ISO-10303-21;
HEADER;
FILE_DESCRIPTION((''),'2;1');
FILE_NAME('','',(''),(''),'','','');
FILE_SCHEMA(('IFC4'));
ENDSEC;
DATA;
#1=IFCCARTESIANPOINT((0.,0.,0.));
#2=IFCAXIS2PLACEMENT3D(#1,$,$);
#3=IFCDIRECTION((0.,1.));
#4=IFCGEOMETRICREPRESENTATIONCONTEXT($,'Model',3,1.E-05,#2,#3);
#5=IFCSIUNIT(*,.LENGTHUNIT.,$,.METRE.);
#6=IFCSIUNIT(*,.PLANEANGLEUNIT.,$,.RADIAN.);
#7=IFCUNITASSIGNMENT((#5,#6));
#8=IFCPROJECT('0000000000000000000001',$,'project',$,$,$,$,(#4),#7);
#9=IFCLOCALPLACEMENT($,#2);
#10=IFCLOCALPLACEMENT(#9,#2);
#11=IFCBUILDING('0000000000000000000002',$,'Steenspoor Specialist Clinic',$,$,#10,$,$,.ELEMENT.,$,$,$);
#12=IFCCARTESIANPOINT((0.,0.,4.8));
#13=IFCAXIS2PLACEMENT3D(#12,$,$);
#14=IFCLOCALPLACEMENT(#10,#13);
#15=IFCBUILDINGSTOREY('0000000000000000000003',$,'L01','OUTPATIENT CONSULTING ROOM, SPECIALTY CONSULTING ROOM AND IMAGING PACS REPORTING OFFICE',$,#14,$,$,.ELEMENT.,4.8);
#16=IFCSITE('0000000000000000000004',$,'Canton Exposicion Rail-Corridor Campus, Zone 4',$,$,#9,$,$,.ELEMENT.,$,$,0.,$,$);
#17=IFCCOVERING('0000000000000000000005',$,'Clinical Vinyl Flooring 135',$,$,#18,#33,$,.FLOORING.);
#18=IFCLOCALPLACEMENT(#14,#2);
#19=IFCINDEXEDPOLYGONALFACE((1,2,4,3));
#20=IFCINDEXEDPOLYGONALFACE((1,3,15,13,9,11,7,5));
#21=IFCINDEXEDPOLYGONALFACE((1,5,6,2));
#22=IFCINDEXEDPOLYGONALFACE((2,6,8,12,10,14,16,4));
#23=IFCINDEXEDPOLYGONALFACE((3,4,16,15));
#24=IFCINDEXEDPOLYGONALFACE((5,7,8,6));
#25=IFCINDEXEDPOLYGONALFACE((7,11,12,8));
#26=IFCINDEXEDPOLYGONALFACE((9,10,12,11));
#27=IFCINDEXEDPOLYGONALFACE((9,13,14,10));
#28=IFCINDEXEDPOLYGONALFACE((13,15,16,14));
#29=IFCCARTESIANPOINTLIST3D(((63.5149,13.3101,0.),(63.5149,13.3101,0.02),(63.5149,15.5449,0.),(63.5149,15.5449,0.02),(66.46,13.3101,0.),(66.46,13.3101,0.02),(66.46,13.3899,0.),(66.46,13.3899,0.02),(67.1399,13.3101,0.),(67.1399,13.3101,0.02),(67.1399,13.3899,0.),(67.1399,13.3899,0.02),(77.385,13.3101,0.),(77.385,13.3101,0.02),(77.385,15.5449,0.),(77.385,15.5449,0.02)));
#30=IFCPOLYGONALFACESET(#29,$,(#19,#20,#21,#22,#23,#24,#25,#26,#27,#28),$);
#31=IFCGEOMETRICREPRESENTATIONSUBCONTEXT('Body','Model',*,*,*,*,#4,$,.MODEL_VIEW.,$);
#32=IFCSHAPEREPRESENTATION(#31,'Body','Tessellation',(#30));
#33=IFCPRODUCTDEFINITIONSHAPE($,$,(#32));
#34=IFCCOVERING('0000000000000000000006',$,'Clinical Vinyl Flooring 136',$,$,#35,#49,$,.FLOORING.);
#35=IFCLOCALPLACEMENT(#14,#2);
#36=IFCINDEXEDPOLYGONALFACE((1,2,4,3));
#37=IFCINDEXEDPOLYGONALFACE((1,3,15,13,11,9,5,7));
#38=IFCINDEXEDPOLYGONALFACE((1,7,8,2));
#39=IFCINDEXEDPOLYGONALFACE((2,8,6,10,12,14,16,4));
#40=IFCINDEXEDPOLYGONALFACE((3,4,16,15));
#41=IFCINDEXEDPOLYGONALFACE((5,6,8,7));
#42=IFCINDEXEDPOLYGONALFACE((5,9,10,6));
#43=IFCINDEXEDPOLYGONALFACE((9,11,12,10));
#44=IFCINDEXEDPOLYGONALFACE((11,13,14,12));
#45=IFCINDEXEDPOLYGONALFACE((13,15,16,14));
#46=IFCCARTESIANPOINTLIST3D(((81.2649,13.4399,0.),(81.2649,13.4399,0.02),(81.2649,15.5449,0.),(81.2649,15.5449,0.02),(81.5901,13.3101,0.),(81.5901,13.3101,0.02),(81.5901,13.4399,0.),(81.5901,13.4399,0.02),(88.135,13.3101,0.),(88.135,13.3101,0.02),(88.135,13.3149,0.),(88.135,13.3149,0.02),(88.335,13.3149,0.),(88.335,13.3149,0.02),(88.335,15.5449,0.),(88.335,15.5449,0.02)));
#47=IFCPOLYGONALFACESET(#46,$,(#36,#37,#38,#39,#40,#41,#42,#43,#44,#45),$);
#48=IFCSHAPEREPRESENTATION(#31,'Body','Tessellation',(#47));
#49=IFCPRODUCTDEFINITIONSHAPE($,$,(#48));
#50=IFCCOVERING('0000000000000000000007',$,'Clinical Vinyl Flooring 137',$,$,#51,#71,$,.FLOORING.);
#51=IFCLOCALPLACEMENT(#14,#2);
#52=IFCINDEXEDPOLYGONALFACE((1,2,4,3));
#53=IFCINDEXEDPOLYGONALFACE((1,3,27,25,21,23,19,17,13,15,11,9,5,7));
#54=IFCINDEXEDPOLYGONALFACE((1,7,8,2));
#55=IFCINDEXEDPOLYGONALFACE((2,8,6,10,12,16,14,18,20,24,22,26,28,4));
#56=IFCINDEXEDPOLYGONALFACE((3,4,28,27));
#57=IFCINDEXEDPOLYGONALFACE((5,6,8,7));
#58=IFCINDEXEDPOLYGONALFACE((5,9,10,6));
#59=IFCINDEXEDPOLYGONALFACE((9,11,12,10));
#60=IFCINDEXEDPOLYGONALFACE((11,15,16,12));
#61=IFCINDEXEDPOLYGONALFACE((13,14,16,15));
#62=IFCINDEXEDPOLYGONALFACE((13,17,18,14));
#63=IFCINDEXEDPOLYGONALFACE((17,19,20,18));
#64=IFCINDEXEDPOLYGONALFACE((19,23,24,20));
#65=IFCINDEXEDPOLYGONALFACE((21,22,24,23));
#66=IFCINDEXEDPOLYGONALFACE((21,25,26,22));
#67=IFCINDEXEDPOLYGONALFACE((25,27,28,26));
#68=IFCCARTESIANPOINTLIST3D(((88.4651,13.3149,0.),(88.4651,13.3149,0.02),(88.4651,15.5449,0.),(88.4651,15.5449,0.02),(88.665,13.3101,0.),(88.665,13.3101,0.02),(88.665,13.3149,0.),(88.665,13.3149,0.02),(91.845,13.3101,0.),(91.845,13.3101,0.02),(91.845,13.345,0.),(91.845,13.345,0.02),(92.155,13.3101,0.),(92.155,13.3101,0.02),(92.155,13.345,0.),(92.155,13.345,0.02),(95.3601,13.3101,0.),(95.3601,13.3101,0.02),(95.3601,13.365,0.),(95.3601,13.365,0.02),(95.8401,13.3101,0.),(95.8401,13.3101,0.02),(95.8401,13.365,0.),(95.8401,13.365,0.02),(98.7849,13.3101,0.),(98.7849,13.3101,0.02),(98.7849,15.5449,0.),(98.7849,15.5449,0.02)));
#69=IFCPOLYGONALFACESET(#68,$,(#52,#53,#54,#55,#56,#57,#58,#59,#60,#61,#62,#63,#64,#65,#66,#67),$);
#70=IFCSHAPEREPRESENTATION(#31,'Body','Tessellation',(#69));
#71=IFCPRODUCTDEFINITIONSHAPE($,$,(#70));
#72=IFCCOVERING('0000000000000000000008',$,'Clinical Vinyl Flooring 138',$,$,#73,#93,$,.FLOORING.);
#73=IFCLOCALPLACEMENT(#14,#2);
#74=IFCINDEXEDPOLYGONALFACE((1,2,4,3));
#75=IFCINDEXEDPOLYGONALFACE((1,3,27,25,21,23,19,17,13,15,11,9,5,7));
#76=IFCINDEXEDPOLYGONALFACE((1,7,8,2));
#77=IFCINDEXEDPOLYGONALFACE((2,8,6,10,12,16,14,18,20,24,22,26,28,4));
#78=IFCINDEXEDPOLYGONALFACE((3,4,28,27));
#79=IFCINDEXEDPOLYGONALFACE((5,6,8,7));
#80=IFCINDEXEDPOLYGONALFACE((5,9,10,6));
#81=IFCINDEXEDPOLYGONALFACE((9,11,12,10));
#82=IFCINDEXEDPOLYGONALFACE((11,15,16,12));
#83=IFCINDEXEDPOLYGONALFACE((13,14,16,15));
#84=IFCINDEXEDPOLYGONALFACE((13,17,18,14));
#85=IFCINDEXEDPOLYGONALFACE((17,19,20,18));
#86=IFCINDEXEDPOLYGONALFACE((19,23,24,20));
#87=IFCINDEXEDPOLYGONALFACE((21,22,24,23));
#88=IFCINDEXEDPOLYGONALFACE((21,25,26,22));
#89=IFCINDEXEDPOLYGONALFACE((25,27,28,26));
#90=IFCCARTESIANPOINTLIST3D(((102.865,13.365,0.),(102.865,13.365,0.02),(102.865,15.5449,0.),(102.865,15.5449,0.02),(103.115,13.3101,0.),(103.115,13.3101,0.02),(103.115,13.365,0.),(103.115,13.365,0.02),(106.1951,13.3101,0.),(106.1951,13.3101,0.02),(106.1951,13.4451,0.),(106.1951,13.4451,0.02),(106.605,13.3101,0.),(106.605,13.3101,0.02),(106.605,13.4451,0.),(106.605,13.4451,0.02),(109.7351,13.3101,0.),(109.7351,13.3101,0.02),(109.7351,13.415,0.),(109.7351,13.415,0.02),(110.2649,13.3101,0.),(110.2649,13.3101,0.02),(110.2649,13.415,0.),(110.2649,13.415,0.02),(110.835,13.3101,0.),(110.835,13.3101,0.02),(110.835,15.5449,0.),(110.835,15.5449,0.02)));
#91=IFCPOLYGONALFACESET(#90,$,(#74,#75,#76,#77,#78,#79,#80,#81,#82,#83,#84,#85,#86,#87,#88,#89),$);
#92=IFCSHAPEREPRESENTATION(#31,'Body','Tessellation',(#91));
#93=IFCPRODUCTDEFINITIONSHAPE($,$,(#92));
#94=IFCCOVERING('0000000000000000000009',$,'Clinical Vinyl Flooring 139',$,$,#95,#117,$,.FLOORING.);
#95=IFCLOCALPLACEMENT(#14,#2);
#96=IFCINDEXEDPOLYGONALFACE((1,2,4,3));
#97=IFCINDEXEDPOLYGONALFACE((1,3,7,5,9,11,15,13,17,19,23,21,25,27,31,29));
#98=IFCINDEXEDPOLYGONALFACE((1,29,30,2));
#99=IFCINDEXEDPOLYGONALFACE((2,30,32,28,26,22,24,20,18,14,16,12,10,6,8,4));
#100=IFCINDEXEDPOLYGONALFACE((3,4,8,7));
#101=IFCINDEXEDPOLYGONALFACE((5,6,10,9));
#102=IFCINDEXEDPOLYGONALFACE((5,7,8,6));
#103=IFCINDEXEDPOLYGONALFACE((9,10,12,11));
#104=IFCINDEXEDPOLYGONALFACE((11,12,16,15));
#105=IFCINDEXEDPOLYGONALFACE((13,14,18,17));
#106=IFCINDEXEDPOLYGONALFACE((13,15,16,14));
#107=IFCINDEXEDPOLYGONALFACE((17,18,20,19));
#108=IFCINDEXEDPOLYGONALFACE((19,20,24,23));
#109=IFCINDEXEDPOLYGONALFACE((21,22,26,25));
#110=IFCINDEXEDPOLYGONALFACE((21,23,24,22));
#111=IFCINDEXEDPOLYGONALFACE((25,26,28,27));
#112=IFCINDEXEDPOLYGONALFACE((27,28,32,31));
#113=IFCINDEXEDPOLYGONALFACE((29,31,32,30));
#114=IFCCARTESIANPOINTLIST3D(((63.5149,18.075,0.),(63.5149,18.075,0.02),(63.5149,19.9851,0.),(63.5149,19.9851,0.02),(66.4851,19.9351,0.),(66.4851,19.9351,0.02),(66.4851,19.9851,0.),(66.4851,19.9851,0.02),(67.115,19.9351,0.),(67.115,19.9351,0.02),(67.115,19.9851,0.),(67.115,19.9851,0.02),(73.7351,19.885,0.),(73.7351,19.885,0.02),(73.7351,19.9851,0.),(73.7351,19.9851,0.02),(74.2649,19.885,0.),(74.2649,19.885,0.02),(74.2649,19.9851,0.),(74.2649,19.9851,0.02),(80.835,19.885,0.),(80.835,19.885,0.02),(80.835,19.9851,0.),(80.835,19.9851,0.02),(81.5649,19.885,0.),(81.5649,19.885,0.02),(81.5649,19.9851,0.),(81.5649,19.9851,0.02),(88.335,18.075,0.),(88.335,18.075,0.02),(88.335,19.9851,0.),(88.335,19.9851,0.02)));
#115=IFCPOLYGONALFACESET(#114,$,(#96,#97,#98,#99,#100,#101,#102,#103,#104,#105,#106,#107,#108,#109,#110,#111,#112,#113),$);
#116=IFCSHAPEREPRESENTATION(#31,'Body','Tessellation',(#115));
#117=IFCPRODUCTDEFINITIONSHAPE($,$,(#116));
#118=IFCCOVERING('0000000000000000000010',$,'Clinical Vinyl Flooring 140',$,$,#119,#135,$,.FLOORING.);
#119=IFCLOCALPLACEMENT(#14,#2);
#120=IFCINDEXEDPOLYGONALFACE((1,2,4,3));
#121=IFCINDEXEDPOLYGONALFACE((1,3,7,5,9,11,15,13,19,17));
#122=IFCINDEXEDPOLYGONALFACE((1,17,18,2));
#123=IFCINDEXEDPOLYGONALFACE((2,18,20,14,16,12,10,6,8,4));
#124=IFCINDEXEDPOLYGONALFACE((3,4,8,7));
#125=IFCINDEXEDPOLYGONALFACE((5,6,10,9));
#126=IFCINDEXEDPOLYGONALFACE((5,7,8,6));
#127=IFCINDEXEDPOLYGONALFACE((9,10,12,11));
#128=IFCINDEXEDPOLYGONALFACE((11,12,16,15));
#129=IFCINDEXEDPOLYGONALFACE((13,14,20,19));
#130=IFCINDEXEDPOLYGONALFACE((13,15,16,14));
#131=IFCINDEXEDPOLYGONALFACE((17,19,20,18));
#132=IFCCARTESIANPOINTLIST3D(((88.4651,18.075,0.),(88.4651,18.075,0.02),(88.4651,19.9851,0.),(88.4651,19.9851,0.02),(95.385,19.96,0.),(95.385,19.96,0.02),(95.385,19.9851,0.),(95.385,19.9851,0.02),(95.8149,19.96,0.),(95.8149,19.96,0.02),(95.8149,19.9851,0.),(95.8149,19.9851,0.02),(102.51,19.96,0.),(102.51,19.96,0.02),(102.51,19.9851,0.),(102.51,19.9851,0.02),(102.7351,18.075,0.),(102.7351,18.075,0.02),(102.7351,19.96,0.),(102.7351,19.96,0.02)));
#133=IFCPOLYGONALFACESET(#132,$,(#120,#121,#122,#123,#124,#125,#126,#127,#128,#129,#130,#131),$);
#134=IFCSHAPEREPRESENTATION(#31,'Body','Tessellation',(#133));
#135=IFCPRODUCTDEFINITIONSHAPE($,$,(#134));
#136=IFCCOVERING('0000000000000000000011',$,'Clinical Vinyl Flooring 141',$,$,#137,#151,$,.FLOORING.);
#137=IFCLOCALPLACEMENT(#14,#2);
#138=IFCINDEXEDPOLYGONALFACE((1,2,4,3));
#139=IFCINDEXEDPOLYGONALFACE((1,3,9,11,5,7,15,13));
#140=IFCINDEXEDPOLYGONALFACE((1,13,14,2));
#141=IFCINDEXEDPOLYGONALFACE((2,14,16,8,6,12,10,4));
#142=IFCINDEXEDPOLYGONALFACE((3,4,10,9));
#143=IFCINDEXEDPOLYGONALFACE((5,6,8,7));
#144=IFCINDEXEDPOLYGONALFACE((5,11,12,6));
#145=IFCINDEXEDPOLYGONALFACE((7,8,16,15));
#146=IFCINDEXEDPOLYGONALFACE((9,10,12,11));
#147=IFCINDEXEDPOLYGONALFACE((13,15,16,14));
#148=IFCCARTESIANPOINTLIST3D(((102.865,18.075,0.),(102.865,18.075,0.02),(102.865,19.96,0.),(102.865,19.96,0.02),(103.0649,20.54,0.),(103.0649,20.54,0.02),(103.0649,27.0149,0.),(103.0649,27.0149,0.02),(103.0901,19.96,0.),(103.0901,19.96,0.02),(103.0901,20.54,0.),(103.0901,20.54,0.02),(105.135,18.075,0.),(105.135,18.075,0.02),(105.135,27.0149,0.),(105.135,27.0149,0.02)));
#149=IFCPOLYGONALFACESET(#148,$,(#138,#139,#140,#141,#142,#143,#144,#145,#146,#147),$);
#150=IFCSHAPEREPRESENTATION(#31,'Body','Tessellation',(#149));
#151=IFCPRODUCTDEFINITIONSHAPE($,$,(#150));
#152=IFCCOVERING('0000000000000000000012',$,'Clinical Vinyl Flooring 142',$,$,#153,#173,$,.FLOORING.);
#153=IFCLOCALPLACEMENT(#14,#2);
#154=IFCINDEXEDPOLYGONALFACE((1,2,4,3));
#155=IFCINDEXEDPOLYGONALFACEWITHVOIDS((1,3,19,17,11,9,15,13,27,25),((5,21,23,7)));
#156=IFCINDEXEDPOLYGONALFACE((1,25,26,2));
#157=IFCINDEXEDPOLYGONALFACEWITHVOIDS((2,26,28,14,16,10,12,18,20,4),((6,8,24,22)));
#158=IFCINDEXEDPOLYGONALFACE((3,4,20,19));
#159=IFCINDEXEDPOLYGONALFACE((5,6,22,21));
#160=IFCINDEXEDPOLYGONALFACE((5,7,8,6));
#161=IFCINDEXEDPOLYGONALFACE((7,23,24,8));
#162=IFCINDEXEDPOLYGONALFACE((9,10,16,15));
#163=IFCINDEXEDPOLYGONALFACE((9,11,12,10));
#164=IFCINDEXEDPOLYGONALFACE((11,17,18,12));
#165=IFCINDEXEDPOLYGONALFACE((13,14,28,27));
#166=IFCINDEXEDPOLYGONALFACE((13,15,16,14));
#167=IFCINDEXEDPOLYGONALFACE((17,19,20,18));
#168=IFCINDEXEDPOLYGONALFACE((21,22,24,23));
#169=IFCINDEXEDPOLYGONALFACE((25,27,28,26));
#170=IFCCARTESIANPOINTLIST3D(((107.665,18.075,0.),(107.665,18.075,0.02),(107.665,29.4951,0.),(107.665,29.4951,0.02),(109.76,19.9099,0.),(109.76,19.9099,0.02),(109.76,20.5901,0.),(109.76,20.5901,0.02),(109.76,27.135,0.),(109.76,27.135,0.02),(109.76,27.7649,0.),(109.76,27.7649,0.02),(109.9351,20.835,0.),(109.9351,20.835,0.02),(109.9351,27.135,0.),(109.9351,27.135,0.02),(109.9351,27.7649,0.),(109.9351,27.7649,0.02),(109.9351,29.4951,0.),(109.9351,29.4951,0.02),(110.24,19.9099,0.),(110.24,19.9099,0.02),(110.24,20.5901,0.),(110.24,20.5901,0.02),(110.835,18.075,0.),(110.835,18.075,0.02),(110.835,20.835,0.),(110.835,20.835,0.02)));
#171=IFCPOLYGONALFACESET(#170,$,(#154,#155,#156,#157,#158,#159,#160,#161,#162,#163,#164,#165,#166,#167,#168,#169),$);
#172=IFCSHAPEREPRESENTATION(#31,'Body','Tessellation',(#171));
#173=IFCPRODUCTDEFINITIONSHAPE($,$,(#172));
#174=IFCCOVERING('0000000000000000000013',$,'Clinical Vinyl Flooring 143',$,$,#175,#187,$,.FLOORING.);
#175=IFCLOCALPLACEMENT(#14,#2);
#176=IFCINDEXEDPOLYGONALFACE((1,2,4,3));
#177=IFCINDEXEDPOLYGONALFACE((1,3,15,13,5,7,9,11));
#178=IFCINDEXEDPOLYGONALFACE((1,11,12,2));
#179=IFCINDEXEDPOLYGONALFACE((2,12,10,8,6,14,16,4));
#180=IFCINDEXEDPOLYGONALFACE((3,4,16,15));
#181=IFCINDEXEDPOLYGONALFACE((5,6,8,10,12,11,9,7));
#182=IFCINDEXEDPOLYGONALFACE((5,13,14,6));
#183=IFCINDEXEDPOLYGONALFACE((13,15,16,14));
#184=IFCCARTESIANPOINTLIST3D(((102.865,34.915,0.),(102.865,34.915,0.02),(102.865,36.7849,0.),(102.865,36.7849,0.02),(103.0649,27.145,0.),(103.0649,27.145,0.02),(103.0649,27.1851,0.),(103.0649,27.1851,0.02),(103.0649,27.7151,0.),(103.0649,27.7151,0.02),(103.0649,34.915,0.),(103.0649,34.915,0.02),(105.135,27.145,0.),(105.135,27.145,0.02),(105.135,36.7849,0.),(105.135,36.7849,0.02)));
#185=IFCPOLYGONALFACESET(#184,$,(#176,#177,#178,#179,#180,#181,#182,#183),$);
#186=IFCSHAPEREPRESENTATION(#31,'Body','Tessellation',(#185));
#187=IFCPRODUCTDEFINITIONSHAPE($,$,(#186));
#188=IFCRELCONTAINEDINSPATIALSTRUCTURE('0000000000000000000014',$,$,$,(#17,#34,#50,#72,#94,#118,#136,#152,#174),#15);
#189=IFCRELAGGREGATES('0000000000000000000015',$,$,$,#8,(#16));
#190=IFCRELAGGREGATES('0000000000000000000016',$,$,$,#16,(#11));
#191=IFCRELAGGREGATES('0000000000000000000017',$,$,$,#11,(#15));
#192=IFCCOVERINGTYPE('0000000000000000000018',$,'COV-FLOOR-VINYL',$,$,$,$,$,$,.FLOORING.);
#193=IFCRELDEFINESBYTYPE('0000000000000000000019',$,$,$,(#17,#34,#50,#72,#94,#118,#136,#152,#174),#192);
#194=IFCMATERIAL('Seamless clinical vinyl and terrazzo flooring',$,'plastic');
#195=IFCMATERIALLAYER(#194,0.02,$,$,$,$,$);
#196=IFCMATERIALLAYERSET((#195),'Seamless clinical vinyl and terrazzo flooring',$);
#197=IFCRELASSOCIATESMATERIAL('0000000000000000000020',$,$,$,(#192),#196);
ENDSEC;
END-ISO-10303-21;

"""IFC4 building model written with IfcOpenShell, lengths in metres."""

from ifc_helpers import new_model, si_unit, direction, frame, origin, place, context, subcontext, project, spatial, polyline, outline, extrude, material, layer, layer_set, type_object, element, save


model = new_model("IFC4")

# Units and contexts
model_context = context("Model", 3, precision=1e-05, world=origin(), true_north=direction((0.0, 1.0)))
body_context = subcontext(model_context, "Body", "Model", "MODEL_VIEW")
ifc_project = project(units=[si_unit("LENGTHUNIT", "METRE"), si_unit("PLANEANGLEUNIT", "RADIAN")], contexts=[model_context])

# Site, building, storey
site_placement = place(None, origin())
site = spatial("IfcSite", under=ifc_project, at=site_placement, Name="Canton Exposicion Rail-Corridor Campus, Zone 4", CompositionType="ELEMENT", RefElevation=0.0)
building_placement = place(site_placement, origin())
building = spatial("IfcBuilding", under=site, at=building_placement, Name="Steenspoor Specialist Clinic", CompositionType="ELEMENT")
storey_placement = place(building_placement, frame((0.0, 0.0, 4.8)))
storey = spatial("IfcBuildingStorey", under=building, at=storey_placement, Name="L01", Description="OUTPATIENT CONSULTING ROOM, SPECIALTY CONSULTING ROOM AND IMAGING PACS REPORTING OFFICE", CompositionType="ELEMENT", Elevation=4.8)

# Coverings
ifc_material_1 = material(Name="Seamless clinical vinyl and terrazzo flooring", Category="plastic")
ifc_layer_1 = layer(ifc_material_1, 0.02)
ifc_layer_set_1 = layer_set([ifc_layer_1], Name="Seamless clinical vinyl and terrazzo flooring")
covering_type = type_object("IfcCoveringType", Name="COV-FLOOR-VINYL", PredefinedType="FLOORING", material=ifc_layer_set_1)
covering_1_placement = place(storey_placement, origin())
element("IfcCovering", 1, at=covering_1_placement, inside=storey, type_object=covering_type, Name="Clinical Vinyl Flooring 135", PredefinedType="FLOORING", context=body_context, shape_type="SweptSolid", body=[
    extrude(outline(polyline([(77.385, 13.3101), (67.1399, 13.3101), (67.1399, 13.3899), (66.46, 13.3899), (66.46, 13.3101), (63.5149, 13.3101), (63.5149, 15.5449), (77.385, 15.5449), (77.385, 13.3101)])), origin(), (0.0, 0.0, 1.0), 0.02),
])
covering_2_placement = place(storey_placement, origin())
element("IfcCovering", 2, at=covering_2_placement, inside=storey, type_object=covering_type, Name="Clinical Vinyl Flooring 136", PredefinedType="FLOORING", context=body_context, shape_type="SweptSolid", body=[
    extrude(outline(polyline([(88.335, 15.5449), (88.335, 13.3149), (88.135, 13.3149), (88.135, 13.3101), (81.5901, 13.3101), (81.5901, 13.4399), (81.2649, 13.4399), (81.2649, 15.5449), (88.335, 15.5449)])), origin(), (0.0, 0.0, 1.0), 0.02),
])
covering_3_placement = place(storey_placement, origin())
element("IfcCovering", 3, at=covering_3_placement, inside=storey, type_object=covering_type, Name="Clinical Vinyl Flooring 137", PredefinedType="FLOORING", context=body_context, shape_type="SweptSolid", body=[
    extrude(outline(polyline([(98.7849, 15.5449), (98.7849, 13.3101), (95.8401, 13.3101), (95.8401, 13.365), (95.3601, 13.365), (95.3601, 13.3101), (92.155, 13.3101), (92.155, 13.345), (91.845, 13.345), (91.845, 13.3101), (88.665, 13.3101), (88.665, 13.3149), (88.4651, 13.3149), (88.4651, 15.5449), (98.7849, 15.5449)])), origin(), (0.0, 0.0, 1.0), 0.02),
])
covering_4_placement = place(storey_placement, origin())
element("IfcCovering", 4, at=covering_4_placement, inside=storey, type_object=covering_type, Name="Clinical Vinyl Flooring 138", PredefinedType="FLOORING", context=body_context, shape_type="SweptSolid", body=[
    extrude(outline(polyline([(110.835, 13.3101), (110.2649, 13.3101), (110.2649, 13.415), (109.7351, 13.415), (109.7351, 13.3101), (106.605, 13.3101), (106.605, 13.4451), (106.1951, 13.4451), (106.1951, 13.3101), (103.115, 13.3101), (103.115, 13.365), (102.865, 13.365), (102.865, 15.5449), (110.835, 15.5449), (110.835, 13.3101)])), origin(), (0.0, 0.0, 1.0), 0.02),
])
covering_5_placement = place(storey_placement, origin())
element("IfcCovering", 5, at=covering_5_placement, inside=storey, type_object=covering_type, Name="Clinical Vinyl Flooring 139", PredefinedType="FLOORING", context=body_context, shape_type="SweptSolid", body=[
    extrude(outline(polyline([(63.5149, 18.075), (63.5149, 19.9851), (66.4851, 19.9851), (66.4851, 19.9351), (67.115, 19.9351), (67.115, 19.9851), (73.7351, 19.9851), (73.7351, 19.885), (74.2649, 19.885), (74.2649, 19.9851), (80.835, 19.9851), (80.835, 19.885), (81.5649, 19.885), (81.5649, 19.9851), (88.335, 19.9851), (88.335, 18.075), (63.5149, 18.075)])), origin(), (0.0, 0.0, 1.0), 0.02),
])
covering_6_placement = place(storey_placement, origin())
element("IfcCovering", 6, at=covering_6_placement, inside=storey, type_object=covering_type, Name="Clinical Vinyl Flooring 140", PredefinedType="FLOORING", context=body_context, shape_type="SweptSolid", body=[
    extrude(outline(polyline([(88.4651, 18.075), (88.4651, 19.9851), (95.385, 19.9851), (95.385, 19.96), (95.8149, 19.96), (95.8149, 19.9851), (102.51, 19.9851), (102.51, 19.96), (102.7351, 19.96), (102.7351, 18.075), (88.4651, 18.075)])), origin(), (0.0, 0.0, 1.0), 0.02),
])
covering_7_placement = place(storey_placement, origin())
element("IfcCovering", 7, at=covering_7_placement, inside=storey, type_object=covering_type, Name="Clinical Vinyl Flooring 141", PredefinedType="FLOORING", context=body_context, shape_type="SweptSolid", body=[
    extrude(outline(polyline([(105.135, 27.0149), (105.135, 18.075), (102.865, 18.075), (102.865, 19.96), (103.0901, 19.96), (103.0901, 20.54), (103.0649, 20.54), (103.0649, 27.0149), (105.135, 27.0149)])), origin(), (0.0, 0.0, 1.0), 0.02),
])
covering_8_placement = place(storey_placement, origin())
element("IfcCovering", 8, at=covering_8_placement, inside=storey, type_object=covering_type, Name="Clinical Vinyl Flooring 142", PredefinedType="FLOORING", context=body_context, shape_type="SweptSolid", body=[
    extrude(outline(polyline([(109.9351, 29.4951), (109.9351, 27.7649), (109.76, 27.7649), (109.76, 27.135), (109.9351, 27.135), (109.9351, 20.835), (110.835, 20.835), (110.835, 18.075), (107.665, 18.075), (107.665, 29.4951), (109.9351, 29.4951)]), holes=[polyline([(110.24, 20.5901), (109.76, 20.5901), (109.76, 19.9099), (110.24, 19.9099), (110.24, 20.5901)])]), origin(), (0.0, 0.0, 1.0), 0.02),
])
covering_9_placement = place(storey_placement, origin())
element("IfcCovering", 9, at=covering_9_placement, inside=storey, type_object=covering_type, Name="Clinical Vinyl Flooring 143", PredefinedType="FLOORING", context=body_context, shape_type="SweptSolid", body=[
    extrude(outline(polyline([(105.135, 27.145), (103.0649, 27.145), (103.0649, 27.1851), (103.0649, 27.7151), (103.0649, 34.915), (102.865, 34.915), (102.865, 36.7849), (105.135, 36.7849), (105.135, 27.145)])), origin(), (0.0, 0.0, 1.0), 0.02),
])

save(model, "model.ifc")
